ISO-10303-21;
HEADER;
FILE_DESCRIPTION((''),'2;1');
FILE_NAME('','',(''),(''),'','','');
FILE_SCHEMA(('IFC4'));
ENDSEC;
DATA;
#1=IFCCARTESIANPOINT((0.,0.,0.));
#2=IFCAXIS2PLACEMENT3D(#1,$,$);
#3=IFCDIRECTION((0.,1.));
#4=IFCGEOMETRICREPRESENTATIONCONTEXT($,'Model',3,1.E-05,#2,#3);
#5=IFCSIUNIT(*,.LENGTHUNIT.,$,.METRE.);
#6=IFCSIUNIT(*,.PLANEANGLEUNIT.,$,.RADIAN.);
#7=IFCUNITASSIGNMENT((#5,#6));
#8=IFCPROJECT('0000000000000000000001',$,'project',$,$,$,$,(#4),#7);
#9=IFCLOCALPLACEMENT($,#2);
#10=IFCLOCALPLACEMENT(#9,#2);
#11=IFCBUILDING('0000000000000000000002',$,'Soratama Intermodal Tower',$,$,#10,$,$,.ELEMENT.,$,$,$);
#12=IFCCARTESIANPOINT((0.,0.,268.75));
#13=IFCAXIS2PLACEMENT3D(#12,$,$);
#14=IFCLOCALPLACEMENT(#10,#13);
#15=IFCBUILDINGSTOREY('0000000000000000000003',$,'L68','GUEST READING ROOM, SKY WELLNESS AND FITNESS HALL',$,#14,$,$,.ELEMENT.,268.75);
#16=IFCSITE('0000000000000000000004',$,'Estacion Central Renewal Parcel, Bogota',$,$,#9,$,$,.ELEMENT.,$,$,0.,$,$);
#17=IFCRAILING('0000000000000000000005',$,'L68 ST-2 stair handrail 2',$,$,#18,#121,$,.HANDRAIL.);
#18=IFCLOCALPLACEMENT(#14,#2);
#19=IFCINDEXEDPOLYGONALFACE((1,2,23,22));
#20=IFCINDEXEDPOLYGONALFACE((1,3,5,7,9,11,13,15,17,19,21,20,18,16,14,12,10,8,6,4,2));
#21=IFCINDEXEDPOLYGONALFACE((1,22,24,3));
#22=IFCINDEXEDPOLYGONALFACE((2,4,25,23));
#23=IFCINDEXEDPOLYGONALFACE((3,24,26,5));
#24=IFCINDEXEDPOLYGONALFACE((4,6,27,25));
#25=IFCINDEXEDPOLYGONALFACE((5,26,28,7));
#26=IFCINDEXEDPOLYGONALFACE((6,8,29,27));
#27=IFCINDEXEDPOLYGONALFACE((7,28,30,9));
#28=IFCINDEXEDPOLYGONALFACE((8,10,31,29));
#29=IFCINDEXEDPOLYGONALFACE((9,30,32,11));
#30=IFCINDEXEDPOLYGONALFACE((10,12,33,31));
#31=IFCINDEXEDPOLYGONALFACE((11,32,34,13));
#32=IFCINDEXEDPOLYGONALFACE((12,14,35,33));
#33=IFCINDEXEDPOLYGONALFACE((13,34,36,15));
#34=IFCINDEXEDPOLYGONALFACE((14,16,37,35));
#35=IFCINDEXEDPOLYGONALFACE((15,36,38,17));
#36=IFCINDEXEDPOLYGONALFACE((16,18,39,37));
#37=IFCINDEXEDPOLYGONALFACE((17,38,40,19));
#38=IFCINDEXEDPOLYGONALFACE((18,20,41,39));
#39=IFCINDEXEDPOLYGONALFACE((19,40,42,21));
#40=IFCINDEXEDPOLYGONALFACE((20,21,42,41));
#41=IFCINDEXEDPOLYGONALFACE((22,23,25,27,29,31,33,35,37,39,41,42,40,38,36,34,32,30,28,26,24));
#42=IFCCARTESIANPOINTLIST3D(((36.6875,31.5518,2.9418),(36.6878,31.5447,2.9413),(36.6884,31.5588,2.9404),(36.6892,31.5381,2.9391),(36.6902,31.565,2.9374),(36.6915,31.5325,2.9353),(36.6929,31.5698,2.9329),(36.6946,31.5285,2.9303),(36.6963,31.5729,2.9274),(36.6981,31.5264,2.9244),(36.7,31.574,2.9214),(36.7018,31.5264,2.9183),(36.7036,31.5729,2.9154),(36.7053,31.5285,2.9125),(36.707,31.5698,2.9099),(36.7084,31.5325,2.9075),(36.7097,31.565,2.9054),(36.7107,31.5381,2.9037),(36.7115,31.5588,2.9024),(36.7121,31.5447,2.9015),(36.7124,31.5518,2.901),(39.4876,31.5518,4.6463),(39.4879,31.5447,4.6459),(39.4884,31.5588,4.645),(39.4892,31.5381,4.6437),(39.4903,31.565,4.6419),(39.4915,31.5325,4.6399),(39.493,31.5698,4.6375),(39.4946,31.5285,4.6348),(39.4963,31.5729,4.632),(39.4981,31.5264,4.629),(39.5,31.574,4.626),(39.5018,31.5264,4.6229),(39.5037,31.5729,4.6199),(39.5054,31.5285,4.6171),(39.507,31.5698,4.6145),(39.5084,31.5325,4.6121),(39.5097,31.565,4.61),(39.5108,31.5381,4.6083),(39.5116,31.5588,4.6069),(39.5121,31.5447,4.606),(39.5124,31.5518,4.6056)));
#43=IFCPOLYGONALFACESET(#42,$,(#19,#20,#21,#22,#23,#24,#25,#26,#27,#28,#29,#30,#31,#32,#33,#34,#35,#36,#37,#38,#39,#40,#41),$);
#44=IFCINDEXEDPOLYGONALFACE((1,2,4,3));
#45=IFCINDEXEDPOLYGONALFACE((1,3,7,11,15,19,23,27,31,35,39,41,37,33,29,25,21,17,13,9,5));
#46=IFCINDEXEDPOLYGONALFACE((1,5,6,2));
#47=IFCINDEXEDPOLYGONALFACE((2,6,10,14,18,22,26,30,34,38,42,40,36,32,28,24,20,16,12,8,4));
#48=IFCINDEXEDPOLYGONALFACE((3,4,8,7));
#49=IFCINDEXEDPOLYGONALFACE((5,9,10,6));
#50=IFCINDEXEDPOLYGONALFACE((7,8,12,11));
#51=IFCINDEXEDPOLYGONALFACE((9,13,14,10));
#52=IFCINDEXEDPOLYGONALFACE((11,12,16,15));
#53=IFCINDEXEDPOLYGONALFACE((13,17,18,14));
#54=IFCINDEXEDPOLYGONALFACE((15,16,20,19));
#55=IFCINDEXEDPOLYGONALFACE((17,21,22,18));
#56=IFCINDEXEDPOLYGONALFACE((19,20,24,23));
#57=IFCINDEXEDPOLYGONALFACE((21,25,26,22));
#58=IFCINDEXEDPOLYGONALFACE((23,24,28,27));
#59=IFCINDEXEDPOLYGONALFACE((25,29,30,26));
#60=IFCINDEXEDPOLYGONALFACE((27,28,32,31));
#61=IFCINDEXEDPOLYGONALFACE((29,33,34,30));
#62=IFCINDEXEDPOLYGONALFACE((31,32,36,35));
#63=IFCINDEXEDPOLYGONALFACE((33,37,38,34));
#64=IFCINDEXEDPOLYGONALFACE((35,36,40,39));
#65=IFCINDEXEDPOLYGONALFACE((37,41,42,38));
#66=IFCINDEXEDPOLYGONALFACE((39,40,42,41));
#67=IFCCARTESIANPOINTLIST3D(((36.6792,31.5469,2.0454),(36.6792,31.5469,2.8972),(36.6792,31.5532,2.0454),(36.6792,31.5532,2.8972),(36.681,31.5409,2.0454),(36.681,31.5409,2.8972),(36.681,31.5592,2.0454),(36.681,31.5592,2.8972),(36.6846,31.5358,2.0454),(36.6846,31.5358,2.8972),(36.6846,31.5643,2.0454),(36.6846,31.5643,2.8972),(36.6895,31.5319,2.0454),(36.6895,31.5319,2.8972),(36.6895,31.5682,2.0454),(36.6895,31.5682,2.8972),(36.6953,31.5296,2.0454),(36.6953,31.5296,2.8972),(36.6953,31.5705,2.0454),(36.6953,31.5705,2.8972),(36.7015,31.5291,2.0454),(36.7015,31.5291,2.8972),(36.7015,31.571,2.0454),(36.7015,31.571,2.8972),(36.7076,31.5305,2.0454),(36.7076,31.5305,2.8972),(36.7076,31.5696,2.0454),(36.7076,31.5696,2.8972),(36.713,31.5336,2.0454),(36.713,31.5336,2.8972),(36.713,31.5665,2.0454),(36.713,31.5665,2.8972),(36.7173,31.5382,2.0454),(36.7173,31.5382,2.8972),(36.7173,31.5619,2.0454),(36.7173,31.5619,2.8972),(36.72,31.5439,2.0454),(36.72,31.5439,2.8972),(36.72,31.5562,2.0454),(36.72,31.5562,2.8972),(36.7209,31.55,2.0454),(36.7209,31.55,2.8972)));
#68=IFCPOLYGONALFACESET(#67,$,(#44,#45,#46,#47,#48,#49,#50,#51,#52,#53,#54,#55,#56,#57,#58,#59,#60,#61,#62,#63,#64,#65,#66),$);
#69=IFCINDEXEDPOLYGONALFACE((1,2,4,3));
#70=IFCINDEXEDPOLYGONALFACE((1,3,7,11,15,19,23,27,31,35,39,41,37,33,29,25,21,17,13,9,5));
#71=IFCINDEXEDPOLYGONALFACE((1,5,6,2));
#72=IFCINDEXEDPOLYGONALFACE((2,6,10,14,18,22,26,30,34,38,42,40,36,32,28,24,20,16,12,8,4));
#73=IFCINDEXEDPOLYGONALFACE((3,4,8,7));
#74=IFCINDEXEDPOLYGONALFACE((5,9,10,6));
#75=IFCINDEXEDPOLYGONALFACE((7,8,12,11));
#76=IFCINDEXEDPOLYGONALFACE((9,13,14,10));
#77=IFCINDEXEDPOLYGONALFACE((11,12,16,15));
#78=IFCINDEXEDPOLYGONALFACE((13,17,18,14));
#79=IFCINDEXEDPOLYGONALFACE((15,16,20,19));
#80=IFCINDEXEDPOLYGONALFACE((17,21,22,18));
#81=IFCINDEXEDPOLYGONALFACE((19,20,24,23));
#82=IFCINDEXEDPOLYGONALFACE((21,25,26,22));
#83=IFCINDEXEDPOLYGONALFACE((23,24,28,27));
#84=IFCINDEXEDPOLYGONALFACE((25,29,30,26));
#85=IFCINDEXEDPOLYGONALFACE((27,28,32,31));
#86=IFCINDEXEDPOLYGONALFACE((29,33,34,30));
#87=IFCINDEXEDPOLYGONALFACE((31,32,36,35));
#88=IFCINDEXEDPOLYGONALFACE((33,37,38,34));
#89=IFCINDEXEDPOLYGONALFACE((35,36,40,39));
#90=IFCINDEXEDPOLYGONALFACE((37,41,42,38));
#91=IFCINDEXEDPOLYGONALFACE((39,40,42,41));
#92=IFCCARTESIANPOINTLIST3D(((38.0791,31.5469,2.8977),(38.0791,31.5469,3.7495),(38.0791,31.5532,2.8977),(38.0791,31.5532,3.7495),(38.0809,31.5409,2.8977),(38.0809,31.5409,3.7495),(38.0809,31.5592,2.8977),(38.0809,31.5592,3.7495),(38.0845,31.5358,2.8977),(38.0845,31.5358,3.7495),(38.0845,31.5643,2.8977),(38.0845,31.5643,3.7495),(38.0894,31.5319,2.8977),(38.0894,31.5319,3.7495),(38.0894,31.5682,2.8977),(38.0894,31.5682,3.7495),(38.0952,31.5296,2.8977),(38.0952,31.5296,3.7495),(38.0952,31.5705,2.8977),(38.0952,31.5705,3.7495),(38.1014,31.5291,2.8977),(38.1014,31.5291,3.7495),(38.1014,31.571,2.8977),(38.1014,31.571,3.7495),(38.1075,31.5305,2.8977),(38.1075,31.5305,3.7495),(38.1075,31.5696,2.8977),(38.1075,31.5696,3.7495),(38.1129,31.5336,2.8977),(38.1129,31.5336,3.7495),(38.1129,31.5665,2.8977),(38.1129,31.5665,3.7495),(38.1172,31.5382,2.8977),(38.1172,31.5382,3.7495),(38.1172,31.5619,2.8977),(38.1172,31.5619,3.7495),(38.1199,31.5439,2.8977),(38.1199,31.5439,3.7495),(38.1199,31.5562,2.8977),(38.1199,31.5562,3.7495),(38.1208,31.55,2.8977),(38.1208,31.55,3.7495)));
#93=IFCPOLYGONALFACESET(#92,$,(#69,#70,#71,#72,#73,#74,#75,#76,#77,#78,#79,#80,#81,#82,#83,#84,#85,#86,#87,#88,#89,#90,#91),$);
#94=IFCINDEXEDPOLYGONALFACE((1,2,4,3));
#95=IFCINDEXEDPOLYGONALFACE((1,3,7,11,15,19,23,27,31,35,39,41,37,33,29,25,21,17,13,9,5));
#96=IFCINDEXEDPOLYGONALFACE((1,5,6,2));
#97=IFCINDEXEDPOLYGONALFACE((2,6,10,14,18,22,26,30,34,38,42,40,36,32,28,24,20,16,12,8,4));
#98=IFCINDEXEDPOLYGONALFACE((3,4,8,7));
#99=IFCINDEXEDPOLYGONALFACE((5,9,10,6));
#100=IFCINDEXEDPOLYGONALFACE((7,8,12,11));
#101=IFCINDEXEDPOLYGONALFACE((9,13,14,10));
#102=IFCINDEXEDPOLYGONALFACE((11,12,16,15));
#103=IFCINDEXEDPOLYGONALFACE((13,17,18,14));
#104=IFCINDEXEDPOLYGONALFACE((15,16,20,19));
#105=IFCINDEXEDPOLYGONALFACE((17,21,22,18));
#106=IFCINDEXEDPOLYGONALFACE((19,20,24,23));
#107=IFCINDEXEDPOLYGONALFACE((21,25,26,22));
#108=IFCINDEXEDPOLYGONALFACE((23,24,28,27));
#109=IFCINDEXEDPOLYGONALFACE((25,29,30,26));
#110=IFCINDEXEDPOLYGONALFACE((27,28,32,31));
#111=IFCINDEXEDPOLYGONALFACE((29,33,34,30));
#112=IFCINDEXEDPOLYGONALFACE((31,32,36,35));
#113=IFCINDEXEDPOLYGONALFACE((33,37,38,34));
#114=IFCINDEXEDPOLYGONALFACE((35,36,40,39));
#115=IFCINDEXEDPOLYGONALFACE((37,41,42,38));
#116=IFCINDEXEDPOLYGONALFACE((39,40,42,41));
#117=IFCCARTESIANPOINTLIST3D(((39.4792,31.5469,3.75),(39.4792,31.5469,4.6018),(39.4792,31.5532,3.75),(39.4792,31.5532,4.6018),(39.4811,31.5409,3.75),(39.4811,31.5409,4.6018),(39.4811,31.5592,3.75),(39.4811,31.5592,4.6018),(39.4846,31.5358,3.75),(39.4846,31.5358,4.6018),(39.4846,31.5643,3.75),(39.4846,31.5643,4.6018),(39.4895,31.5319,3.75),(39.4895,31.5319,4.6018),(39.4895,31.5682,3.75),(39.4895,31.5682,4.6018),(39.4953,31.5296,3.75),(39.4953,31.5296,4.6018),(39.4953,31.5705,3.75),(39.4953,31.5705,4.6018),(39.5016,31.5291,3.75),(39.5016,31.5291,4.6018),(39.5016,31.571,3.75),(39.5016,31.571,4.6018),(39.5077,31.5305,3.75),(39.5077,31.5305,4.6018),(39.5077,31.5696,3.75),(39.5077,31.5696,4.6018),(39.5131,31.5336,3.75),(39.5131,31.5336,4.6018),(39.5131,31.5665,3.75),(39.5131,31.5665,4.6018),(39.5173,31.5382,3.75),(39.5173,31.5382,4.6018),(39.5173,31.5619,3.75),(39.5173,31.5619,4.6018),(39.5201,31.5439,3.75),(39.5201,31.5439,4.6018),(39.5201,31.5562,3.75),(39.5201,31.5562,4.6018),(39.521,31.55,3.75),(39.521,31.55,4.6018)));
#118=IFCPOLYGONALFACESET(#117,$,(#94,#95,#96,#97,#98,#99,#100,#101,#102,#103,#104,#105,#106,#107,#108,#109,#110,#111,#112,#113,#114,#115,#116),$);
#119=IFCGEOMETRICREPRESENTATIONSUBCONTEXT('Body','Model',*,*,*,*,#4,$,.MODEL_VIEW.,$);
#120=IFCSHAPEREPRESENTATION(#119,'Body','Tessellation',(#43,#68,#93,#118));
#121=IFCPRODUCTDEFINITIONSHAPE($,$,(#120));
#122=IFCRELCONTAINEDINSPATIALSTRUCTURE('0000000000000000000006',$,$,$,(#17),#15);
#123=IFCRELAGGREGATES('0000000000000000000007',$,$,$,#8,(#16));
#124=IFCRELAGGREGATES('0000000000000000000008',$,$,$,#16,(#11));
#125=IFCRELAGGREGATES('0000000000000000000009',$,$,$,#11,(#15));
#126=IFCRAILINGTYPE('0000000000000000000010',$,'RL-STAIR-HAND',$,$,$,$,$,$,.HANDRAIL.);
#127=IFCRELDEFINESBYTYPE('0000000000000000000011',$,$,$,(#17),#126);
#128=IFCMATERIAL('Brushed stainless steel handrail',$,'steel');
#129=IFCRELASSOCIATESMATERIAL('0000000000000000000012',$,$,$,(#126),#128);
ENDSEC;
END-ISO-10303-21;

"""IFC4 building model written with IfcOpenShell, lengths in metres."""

from ifc_helpers import new_model, si_unit, direction, frame, origin, origin_2d, place, context, subcontext, project, spatial, circle, extrude, material, type_object, element, save


model = new_model("IFC4")

# Units and contexts
model_context = context("Model", 3, precision=1e-05, world=origin(), true_north=direction((0.0, 1.0)))
body_context = subcontext(model_context, "Body", "Model", "MODEL_VIEW")
ifc_project = project(units=[si_unit("LENGTHUNIT", "METRE"), si_unit("PLANEANGLEUNIT", "RADIAN")], contexts=[model_context])

# Site, building, storey
site_placement = place(None, origin())
site = spatial("IfcSite", under=ifc_project, at=site_placement, Name="Estacion Central Renewal Parcel, Bogota", CompositionType="ELEMENT", RefElevation=0.0)
building_placement = place(site_placement, origin())
building = spatial("IfcBuilding", under=site, at=building_placement, Name="Soratama Intermodal Tower", CompositionType="ELEMENT")
storey_placement = place(building_placement, frame((0.0, 0.0, 268.75)))
storey = spatial("IfcBuildingStorey", under=building, at=storey_placement, Name="L68", Description="GUEST READING ROOM, SKY WELLNESS AND FITNESS HALL", CompositionType="ELEMENT", Elevation=268.75)

# Railing
ifc_material_1 = material(Name="Brushed stainless steel handrail", Category="steel")
railing_type_1 = type_object("IfcRailingType", Name="RL-STAIR-HAND", PredefinedType="HANDRAIL", material=ifc_material_1)
railing_1_placement = place(storey_placement, frame((36.7, 31.55, 2.0454)))
element("IfcRailing", 1, at=railing_1_placement, inside=storey, type_object=railing_type_1, Name="L68 ST-2 stair handrail 2", PredefinedType="HANDRAIL", context=body_context, shape_type="SweptSolid", body=[
    extrude(circle(Radius=0.0239, at=origin_2d()), frame((0.0, 0.0, 0.876), z_axis=(0.85417, 0.0, 0.519994), x_axis=(0.0, 1.0, 0.0)), (0.0, 0.0, 1.0), 3.2781),
    extrude(circle(Radius=0.021, at=origin_2d()), origin(), (0.0, 0.0, 1.0), 0.8518),
    extrude(circle(Radius=0.021, at=origin_2d()), frame((1.3999, 0.0, 0.8523)), (0.0, 0.0, 1.0), 0.8518),
    extrude(circle(Radius=0.021, at=origin_2d()), frame((2.8, 0.0, 1.7046)), (0.0, 0.0, 1.0), 0.8518),
])

save(model, "model.ifc")
